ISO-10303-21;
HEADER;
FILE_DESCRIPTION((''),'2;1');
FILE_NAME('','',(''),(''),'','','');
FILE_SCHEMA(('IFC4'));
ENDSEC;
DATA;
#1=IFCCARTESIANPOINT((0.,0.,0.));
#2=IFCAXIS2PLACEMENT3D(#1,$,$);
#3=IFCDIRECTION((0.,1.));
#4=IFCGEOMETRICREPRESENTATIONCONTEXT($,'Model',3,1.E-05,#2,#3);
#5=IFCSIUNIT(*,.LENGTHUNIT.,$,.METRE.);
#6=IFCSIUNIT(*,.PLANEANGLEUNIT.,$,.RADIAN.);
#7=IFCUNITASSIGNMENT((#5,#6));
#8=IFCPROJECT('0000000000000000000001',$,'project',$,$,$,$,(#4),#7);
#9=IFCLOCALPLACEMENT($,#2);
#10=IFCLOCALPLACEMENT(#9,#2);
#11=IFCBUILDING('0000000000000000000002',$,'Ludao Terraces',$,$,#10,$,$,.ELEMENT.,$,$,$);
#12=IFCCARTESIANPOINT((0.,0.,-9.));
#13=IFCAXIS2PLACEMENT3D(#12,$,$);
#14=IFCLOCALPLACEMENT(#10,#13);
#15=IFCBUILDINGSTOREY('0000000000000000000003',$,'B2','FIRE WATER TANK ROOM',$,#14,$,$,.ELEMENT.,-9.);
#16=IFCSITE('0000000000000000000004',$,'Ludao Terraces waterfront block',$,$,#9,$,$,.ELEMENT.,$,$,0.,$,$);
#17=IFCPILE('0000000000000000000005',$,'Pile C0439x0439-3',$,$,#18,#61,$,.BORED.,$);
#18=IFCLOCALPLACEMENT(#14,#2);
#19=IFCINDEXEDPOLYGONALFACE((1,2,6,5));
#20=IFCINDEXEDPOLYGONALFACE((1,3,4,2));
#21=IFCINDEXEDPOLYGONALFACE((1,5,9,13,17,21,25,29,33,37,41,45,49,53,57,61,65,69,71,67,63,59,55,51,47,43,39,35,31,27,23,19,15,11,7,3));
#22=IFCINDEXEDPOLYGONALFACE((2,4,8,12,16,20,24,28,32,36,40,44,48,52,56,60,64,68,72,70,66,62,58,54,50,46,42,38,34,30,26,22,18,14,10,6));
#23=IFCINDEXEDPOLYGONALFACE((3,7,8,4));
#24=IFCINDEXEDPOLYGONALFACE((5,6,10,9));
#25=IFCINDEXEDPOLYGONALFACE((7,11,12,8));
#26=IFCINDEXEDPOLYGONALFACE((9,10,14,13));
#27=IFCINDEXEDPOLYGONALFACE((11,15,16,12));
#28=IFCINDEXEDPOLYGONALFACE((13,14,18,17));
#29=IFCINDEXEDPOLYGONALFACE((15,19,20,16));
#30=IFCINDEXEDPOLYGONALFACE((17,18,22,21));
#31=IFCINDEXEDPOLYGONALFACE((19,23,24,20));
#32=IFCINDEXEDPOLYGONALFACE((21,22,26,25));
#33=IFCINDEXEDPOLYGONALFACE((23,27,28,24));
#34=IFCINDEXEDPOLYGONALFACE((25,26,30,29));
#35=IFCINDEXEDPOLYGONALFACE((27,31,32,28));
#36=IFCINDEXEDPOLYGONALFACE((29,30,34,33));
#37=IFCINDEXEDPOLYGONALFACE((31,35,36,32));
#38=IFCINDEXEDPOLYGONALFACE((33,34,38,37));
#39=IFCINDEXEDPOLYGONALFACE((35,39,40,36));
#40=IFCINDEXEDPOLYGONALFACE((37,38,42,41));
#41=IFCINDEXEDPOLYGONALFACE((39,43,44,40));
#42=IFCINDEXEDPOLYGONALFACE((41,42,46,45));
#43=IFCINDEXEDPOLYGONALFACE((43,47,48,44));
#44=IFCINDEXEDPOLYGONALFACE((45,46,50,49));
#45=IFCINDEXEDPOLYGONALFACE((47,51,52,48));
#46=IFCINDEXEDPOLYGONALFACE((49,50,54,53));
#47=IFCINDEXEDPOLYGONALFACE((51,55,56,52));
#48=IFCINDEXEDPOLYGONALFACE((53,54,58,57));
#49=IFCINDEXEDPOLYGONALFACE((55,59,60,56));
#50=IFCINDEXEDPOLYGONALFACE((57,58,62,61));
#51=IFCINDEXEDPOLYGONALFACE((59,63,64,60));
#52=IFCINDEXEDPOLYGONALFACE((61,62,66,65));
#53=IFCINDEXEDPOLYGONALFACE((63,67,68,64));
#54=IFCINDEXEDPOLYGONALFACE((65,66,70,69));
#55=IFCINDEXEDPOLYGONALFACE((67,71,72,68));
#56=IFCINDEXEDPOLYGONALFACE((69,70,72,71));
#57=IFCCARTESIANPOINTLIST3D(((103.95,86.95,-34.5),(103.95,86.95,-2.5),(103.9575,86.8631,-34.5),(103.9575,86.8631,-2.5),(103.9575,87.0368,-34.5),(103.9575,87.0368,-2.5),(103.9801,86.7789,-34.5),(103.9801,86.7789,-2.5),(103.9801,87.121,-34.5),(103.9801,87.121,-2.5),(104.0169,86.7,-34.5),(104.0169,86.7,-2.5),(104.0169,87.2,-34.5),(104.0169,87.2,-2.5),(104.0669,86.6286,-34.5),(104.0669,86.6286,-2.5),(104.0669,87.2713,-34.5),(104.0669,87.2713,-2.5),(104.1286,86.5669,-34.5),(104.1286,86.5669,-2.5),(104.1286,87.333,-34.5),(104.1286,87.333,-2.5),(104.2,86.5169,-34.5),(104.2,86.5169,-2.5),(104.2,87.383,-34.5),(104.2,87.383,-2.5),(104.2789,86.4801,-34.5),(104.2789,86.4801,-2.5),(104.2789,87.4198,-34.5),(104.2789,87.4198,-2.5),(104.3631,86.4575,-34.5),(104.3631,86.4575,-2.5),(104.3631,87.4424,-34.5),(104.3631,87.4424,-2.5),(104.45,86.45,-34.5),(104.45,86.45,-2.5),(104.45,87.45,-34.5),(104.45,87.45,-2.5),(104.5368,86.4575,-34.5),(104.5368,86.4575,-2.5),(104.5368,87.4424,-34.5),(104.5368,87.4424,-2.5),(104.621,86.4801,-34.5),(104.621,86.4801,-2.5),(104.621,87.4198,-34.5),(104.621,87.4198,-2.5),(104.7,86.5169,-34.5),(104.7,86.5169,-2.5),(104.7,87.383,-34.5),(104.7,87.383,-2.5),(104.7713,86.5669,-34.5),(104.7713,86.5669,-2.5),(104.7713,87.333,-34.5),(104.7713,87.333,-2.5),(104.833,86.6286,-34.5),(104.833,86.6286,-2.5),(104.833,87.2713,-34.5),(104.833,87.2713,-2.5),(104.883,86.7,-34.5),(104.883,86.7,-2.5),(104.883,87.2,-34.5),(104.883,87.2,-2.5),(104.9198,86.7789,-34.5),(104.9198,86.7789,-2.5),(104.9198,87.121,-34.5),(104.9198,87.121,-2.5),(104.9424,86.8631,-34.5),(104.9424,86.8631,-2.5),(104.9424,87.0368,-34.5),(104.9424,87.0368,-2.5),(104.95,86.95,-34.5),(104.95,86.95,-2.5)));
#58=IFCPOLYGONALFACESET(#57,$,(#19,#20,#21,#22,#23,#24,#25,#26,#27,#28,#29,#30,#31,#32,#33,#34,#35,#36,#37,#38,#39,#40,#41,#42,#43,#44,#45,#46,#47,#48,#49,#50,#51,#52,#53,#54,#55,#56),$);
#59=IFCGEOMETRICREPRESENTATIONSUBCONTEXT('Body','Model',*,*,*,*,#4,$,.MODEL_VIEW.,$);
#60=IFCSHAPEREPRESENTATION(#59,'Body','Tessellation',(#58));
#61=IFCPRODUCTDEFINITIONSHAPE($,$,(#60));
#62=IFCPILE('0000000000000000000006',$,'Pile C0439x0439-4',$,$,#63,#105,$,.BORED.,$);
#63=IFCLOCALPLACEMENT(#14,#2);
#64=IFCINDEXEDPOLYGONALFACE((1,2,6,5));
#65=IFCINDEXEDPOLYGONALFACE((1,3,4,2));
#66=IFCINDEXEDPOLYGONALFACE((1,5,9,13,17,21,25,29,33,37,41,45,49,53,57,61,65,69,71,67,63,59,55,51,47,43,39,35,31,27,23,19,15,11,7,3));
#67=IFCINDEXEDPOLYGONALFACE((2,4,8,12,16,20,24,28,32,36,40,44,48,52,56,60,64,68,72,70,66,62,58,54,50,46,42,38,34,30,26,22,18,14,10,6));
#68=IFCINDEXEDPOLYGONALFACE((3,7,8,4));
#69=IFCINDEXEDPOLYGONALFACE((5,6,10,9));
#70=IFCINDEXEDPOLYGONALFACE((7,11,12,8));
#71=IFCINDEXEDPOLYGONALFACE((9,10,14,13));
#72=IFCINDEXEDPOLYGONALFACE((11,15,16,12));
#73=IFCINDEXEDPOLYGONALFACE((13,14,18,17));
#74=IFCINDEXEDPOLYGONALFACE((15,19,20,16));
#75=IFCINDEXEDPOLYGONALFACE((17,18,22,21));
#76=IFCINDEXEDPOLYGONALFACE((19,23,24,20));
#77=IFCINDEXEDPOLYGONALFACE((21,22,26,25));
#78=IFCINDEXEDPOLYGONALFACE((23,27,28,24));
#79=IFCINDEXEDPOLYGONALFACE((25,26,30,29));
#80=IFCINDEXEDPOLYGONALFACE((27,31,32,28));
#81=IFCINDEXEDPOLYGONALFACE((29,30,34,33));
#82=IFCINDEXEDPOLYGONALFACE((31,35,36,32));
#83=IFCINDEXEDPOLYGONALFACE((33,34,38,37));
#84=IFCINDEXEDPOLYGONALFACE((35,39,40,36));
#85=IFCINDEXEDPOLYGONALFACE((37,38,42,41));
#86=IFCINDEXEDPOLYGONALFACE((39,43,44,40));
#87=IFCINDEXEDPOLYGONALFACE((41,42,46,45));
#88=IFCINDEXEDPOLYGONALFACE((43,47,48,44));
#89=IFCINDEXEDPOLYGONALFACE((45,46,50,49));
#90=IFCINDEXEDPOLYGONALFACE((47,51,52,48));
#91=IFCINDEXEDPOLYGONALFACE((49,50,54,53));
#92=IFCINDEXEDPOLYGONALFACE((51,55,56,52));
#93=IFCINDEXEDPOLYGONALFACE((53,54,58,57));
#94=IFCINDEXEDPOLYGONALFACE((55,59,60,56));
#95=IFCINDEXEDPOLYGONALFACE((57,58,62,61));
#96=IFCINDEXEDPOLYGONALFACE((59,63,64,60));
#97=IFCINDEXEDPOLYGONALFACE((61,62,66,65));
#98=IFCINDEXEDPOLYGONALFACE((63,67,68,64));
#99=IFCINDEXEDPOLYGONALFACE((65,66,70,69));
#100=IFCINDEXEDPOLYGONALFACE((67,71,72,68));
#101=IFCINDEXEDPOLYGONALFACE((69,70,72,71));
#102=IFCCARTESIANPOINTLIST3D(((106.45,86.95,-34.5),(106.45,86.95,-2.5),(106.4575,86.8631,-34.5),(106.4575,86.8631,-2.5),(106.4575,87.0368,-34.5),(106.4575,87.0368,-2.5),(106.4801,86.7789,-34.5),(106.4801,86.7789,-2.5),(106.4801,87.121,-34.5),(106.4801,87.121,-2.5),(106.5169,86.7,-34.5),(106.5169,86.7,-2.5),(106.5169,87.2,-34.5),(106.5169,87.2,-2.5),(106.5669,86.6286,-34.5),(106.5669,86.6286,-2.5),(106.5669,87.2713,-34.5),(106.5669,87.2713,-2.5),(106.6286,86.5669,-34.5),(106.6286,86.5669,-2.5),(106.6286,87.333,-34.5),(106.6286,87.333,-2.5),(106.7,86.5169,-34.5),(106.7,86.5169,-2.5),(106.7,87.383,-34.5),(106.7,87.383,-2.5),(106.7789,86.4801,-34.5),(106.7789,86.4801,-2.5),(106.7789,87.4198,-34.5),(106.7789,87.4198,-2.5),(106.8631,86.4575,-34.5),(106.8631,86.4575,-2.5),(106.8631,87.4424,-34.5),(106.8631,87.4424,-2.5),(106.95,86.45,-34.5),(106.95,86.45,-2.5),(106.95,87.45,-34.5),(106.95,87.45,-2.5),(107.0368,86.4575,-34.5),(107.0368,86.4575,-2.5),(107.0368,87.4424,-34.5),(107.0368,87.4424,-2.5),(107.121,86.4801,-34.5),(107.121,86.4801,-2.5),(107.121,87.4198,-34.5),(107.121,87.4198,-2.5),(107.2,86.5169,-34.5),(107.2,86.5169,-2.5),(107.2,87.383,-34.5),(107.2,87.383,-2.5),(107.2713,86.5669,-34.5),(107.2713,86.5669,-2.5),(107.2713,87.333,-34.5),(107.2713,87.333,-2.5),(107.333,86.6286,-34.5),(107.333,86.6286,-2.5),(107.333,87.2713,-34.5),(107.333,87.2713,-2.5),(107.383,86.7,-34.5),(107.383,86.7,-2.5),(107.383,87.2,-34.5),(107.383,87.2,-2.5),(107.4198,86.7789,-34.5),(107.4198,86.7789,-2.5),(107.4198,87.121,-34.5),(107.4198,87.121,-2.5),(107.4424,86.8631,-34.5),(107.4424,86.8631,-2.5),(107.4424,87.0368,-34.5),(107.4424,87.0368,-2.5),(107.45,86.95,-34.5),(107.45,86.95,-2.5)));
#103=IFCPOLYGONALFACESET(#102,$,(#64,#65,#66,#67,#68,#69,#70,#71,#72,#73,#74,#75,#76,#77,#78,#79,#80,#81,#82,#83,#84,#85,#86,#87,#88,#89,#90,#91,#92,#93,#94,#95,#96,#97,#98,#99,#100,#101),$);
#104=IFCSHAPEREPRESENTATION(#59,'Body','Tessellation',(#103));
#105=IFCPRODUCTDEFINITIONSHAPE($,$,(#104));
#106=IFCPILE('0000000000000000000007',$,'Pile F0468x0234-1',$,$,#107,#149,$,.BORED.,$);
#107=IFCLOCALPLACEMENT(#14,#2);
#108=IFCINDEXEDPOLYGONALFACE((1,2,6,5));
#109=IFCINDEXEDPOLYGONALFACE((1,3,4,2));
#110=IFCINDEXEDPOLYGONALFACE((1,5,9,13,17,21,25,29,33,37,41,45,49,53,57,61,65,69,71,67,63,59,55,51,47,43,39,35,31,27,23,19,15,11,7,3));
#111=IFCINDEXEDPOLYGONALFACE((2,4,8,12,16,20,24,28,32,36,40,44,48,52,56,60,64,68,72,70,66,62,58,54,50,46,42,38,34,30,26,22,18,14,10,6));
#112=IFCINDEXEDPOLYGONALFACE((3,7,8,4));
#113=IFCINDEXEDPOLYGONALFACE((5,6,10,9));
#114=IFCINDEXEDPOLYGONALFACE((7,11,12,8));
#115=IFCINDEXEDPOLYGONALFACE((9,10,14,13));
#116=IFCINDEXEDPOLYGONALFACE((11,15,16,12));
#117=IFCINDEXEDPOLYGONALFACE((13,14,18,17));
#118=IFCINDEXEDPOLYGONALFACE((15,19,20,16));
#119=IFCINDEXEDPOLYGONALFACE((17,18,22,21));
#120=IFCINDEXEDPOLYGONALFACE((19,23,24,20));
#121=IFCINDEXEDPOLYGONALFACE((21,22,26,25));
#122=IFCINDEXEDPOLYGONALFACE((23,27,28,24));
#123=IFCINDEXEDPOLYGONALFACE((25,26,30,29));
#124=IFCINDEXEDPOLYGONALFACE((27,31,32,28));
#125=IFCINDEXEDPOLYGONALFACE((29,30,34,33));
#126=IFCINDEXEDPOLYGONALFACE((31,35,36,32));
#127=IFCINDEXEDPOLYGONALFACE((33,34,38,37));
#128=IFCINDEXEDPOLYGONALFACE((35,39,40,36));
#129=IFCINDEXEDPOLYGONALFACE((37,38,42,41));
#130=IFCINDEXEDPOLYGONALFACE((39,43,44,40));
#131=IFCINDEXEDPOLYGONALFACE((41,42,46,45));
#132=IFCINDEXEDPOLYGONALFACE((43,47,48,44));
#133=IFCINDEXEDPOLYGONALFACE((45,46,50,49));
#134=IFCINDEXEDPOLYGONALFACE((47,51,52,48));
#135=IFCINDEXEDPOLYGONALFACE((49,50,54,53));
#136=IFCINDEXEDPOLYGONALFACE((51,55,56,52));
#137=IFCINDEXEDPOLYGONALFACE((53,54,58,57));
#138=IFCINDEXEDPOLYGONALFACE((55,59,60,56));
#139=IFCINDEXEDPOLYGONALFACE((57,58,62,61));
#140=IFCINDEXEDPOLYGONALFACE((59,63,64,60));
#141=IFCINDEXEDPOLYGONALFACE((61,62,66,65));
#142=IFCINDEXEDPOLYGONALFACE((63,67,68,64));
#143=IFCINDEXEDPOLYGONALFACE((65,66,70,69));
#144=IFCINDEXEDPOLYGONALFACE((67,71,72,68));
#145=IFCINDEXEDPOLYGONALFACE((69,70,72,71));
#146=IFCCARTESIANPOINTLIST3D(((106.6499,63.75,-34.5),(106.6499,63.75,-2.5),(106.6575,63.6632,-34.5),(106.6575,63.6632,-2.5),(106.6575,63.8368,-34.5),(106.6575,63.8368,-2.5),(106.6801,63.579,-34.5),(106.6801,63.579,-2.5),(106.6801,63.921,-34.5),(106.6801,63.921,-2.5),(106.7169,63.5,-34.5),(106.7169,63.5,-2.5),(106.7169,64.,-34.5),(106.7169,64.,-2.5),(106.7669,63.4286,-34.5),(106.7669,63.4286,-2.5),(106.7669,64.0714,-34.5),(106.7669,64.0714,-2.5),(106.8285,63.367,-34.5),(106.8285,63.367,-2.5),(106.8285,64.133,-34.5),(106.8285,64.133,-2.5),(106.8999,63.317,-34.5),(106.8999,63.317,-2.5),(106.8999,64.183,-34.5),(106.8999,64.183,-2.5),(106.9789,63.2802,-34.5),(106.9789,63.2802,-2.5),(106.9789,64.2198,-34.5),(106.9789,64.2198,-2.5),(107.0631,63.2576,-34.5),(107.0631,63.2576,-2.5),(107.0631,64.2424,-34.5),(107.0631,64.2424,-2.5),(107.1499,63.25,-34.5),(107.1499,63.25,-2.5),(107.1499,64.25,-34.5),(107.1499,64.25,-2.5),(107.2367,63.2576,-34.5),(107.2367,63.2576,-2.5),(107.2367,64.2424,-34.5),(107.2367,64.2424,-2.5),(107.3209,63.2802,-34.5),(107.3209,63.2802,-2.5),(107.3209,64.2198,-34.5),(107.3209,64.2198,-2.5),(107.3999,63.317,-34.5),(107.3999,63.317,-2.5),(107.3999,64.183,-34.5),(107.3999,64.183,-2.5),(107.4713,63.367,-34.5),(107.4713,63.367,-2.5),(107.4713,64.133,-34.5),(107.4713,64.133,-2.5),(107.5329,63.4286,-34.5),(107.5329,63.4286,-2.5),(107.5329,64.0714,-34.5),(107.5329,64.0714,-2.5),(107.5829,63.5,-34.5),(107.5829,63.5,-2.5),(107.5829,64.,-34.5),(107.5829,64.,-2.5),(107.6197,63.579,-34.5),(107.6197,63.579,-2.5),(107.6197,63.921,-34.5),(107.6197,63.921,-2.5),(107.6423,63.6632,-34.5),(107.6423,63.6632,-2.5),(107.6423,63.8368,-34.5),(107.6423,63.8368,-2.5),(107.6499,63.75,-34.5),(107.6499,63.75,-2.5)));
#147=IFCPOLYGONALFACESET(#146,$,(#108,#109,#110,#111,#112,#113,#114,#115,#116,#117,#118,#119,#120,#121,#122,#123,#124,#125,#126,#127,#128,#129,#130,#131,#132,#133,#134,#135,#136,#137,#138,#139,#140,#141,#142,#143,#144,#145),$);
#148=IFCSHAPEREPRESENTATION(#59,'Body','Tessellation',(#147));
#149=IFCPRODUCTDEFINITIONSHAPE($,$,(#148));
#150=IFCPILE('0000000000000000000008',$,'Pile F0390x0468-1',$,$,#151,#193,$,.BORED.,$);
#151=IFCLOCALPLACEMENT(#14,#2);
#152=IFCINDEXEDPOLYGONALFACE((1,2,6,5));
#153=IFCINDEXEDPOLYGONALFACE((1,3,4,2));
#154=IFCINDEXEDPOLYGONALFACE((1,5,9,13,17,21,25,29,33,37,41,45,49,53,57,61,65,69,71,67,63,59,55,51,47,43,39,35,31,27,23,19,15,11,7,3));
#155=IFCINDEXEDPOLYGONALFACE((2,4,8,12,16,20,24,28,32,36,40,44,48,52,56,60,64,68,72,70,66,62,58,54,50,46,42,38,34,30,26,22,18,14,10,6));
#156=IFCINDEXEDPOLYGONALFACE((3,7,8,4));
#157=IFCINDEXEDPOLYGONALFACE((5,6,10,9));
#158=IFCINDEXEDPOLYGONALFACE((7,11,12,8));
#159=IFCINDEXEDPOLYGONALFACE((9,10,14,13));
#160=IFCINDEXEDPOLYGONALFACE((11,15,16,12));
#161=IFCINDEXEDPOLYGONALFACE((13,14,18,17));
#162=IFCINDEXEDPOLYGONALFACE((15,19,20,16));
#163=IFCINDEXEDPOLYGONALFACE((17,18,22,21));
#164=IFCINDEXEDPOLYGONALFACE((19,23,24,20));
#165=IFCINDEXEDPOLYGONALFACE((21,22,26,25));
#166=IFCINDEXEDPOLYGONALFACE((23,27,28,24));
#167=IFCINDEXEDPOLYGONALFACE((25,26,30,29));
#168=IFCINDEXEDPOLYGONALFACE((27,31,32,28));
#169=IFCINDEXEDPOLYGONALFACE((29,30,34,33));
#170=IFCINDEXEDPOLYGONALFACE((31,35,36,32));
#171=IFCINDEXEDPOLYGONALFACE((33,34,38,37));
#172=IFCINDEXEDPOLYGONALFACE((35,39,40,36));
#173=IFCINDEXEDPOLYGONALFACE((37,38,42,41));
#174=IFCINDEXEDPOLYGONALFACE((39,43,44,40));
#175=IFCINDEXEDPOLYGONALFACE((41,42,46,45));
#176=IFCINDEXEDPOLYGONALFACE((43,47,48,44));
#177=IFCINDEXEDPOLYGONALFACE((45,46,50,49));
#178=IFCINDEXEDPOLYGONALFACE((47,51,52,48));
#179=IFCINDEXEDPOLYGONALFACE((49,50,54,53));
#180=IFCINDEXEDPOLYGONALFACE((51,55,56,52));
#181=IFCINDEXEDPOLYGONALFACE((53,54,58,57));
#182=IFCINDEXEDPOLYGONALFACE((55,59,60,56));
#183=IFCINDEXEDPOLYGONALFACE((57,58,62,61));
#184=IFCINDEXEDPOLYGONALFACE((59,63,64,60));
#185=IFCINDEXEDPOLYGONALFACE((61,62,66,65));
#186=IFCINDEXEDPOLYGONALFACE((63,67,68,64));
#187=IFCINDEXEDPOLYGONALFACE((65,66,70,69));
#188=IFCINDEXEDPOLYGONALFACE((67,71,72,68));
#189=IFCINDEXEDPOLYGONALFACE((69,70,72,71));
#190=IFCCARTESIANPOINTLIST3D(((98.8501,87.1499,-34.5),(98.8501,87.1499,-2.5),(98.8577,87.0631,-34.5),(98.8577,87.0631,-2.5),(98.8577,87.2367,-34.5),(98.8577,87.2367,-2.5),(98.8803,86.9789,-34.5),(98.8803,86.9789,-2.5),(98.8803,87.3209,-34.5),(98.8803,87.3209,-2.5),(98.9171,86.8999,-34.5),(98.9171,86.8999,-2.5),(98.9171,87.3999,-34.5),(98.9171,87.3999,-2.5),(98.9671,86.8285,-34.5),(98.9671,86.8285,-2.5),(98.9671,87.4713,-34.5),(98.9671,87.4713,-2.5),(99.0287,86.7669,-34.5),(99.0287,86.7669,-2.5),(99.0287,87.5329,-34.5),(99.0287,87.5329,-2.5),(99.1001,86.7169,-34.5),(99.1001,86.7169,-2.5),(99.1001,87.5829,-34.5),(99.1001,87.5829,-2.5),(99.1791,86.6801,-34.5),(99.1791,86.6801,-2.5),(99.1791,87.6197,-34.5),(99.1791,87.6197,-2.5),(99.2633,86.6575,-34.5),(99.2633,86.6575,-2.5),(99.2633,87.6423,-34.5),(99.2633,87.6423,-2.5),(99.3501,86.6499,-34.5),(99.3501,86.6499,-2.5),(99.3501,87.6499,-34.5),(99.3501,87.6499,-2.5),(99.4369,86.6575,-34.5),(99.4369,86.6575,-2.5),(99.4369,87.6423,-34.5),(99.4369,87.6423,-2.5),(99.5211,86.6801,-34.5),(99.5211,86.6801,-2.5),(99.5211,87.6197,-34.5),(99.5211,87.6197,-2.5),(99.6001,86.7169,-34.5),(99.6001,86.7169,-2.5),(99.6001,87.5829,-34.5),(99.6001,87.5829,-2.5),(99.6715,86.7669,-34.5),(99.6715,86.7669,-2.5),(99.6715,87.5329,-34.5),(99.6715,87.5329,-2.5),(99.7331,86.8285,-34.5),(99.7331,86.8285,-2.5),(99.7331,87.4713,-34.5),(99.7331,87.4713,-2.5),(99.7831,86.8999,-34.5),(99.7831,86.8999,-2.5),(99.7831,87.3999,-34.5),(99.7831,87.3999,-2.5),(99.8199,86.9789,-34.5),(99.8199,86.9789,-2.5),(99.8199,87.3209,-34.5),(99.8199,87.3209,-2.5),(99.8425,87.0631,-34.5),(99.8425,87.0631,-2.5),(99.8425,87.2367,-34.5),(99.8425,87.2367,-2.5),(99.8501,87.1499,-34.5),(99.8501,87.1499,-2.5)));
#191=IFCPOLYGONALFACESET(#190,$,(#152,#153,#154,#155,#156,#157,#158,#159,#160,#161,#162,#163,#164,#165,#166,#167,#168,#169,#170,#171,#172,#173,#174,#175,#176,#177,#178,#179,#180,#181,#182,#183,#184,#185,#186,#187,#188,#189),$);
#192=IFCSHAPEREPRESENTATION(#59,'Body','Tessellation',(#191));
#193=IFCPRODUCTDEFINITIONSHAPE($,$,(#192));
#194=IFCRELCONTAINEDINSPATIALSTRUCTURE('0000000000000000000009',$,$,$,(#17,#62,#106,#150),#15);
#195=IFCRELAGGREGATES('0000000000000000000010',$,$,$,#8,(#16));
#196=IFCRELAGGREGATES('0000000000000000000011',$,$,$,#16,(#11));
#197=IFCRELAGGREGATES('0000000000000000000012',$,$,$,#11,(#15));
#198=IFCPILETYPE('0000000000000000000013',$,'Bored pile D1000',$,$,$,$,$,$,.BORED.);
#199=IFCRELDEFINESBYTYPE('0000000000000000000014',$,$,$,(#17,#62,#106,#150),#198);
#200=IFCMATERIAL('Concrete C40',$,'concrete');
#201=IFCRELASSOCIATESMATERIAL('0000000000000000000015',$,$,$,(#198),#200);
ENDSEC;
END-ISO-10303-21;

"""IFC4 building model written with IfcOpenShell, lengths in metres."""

from ifc_helpers import new_model, si_unit, direction, frame, origin, origin_2d, place, context, subcontext, project, spatial, circle, extrude, material, material_profile, profile_set, type_object, element, save


model = new_model("IFC4")

# Units and contexts
model_context = context("Model", 3, precision=1e-05, world=origin(), true_north=direction((0.0, 1.0)))
body_context = subcontext(model_context, "Body", "Model", "MODEL_VIEW")
ifc_project = project(units=[si_unit("LENGTHUNIT", "METRE"), si_unit("PLANEANGLEUNIT", "RADIAN")], contexts=[model_context])

# Site, building, storey
site_placement = place(None, origin())
site = spatial("IfcSite", under=ifc_project, at=site_placement, Name="Ludao Terraces waterfront block", CompositionType="ELEMENT", RefElevation=0.0)
building_placement = place(site_placement, origin())
building = spatial("IfcBuilding", under=site, at=building_placement, Name="Ludao Terraces", CompositionType="ELEMENT")
storey_placement = place(building_placement, frame((0.0, 0.0, -9.0)))
storey = spatial("IfcBuildingStorey", under=building, at=storey_placement, Name="B2", Description="FIRE WATER TANK ROOM", CompositionType="ELEMENT", Elevation=-9.0)

# Piles
ifc_material_1 = material(Name="Concrete C40", Category="concrete")
ifc_material_profile_1 = material_profile(ifc_material_1, circle(Radius=0.5, at=origin_2d()), Name="D1000 BORED PILE")
ifc_profile_set_1 = profile_set([ifc_material_profile_1], Name="Concrete C40")
pile_type = type_object("IfcPileType", Name="Bored pile D1000", PredefinedType="BORED", material=ifc_profile_set_1)
for number, where, z_axis, x_axis, name in (
    (1, (104.45, 86.95, -2.5), (0.0, 0.0, -1.0), (1.0, 0.0, 0.0), "Pile C0439x0439-3"),
    (2, (106.95, 86.95, -2.5), (0.0, 0.0, -1.0), (1.0, 0.0, 0.0), "Pile C0439x0439-4"),
    (3, (107.1499, 63.75, -2.5), (0.0, 0.0, -1.0), (1.0, 0.0, 0.0), "Pile F0468x0234-1"),
    (4, (99.3501, 87.1499, -2.5), (0.0, 0.0, -1.0), (1.0, 0.0, 0.0), "Pile F0390x0468-1"),
):
    element("IfcPile", number, at=place(storey_placement, frame(where, z_axis=z_axis, x_axis=x_axis)), inside=storey, type_object=pile_type, Name=name, PredefinedType="BORED", context=body_context, shape_type="SweptSolid", body=[
        extrude(circle(Radius=0.5, at=origin_2d()), origin(), (0.0, 0.0, 1.0), 32.0),
    ])

save(model, "model.ifc")
